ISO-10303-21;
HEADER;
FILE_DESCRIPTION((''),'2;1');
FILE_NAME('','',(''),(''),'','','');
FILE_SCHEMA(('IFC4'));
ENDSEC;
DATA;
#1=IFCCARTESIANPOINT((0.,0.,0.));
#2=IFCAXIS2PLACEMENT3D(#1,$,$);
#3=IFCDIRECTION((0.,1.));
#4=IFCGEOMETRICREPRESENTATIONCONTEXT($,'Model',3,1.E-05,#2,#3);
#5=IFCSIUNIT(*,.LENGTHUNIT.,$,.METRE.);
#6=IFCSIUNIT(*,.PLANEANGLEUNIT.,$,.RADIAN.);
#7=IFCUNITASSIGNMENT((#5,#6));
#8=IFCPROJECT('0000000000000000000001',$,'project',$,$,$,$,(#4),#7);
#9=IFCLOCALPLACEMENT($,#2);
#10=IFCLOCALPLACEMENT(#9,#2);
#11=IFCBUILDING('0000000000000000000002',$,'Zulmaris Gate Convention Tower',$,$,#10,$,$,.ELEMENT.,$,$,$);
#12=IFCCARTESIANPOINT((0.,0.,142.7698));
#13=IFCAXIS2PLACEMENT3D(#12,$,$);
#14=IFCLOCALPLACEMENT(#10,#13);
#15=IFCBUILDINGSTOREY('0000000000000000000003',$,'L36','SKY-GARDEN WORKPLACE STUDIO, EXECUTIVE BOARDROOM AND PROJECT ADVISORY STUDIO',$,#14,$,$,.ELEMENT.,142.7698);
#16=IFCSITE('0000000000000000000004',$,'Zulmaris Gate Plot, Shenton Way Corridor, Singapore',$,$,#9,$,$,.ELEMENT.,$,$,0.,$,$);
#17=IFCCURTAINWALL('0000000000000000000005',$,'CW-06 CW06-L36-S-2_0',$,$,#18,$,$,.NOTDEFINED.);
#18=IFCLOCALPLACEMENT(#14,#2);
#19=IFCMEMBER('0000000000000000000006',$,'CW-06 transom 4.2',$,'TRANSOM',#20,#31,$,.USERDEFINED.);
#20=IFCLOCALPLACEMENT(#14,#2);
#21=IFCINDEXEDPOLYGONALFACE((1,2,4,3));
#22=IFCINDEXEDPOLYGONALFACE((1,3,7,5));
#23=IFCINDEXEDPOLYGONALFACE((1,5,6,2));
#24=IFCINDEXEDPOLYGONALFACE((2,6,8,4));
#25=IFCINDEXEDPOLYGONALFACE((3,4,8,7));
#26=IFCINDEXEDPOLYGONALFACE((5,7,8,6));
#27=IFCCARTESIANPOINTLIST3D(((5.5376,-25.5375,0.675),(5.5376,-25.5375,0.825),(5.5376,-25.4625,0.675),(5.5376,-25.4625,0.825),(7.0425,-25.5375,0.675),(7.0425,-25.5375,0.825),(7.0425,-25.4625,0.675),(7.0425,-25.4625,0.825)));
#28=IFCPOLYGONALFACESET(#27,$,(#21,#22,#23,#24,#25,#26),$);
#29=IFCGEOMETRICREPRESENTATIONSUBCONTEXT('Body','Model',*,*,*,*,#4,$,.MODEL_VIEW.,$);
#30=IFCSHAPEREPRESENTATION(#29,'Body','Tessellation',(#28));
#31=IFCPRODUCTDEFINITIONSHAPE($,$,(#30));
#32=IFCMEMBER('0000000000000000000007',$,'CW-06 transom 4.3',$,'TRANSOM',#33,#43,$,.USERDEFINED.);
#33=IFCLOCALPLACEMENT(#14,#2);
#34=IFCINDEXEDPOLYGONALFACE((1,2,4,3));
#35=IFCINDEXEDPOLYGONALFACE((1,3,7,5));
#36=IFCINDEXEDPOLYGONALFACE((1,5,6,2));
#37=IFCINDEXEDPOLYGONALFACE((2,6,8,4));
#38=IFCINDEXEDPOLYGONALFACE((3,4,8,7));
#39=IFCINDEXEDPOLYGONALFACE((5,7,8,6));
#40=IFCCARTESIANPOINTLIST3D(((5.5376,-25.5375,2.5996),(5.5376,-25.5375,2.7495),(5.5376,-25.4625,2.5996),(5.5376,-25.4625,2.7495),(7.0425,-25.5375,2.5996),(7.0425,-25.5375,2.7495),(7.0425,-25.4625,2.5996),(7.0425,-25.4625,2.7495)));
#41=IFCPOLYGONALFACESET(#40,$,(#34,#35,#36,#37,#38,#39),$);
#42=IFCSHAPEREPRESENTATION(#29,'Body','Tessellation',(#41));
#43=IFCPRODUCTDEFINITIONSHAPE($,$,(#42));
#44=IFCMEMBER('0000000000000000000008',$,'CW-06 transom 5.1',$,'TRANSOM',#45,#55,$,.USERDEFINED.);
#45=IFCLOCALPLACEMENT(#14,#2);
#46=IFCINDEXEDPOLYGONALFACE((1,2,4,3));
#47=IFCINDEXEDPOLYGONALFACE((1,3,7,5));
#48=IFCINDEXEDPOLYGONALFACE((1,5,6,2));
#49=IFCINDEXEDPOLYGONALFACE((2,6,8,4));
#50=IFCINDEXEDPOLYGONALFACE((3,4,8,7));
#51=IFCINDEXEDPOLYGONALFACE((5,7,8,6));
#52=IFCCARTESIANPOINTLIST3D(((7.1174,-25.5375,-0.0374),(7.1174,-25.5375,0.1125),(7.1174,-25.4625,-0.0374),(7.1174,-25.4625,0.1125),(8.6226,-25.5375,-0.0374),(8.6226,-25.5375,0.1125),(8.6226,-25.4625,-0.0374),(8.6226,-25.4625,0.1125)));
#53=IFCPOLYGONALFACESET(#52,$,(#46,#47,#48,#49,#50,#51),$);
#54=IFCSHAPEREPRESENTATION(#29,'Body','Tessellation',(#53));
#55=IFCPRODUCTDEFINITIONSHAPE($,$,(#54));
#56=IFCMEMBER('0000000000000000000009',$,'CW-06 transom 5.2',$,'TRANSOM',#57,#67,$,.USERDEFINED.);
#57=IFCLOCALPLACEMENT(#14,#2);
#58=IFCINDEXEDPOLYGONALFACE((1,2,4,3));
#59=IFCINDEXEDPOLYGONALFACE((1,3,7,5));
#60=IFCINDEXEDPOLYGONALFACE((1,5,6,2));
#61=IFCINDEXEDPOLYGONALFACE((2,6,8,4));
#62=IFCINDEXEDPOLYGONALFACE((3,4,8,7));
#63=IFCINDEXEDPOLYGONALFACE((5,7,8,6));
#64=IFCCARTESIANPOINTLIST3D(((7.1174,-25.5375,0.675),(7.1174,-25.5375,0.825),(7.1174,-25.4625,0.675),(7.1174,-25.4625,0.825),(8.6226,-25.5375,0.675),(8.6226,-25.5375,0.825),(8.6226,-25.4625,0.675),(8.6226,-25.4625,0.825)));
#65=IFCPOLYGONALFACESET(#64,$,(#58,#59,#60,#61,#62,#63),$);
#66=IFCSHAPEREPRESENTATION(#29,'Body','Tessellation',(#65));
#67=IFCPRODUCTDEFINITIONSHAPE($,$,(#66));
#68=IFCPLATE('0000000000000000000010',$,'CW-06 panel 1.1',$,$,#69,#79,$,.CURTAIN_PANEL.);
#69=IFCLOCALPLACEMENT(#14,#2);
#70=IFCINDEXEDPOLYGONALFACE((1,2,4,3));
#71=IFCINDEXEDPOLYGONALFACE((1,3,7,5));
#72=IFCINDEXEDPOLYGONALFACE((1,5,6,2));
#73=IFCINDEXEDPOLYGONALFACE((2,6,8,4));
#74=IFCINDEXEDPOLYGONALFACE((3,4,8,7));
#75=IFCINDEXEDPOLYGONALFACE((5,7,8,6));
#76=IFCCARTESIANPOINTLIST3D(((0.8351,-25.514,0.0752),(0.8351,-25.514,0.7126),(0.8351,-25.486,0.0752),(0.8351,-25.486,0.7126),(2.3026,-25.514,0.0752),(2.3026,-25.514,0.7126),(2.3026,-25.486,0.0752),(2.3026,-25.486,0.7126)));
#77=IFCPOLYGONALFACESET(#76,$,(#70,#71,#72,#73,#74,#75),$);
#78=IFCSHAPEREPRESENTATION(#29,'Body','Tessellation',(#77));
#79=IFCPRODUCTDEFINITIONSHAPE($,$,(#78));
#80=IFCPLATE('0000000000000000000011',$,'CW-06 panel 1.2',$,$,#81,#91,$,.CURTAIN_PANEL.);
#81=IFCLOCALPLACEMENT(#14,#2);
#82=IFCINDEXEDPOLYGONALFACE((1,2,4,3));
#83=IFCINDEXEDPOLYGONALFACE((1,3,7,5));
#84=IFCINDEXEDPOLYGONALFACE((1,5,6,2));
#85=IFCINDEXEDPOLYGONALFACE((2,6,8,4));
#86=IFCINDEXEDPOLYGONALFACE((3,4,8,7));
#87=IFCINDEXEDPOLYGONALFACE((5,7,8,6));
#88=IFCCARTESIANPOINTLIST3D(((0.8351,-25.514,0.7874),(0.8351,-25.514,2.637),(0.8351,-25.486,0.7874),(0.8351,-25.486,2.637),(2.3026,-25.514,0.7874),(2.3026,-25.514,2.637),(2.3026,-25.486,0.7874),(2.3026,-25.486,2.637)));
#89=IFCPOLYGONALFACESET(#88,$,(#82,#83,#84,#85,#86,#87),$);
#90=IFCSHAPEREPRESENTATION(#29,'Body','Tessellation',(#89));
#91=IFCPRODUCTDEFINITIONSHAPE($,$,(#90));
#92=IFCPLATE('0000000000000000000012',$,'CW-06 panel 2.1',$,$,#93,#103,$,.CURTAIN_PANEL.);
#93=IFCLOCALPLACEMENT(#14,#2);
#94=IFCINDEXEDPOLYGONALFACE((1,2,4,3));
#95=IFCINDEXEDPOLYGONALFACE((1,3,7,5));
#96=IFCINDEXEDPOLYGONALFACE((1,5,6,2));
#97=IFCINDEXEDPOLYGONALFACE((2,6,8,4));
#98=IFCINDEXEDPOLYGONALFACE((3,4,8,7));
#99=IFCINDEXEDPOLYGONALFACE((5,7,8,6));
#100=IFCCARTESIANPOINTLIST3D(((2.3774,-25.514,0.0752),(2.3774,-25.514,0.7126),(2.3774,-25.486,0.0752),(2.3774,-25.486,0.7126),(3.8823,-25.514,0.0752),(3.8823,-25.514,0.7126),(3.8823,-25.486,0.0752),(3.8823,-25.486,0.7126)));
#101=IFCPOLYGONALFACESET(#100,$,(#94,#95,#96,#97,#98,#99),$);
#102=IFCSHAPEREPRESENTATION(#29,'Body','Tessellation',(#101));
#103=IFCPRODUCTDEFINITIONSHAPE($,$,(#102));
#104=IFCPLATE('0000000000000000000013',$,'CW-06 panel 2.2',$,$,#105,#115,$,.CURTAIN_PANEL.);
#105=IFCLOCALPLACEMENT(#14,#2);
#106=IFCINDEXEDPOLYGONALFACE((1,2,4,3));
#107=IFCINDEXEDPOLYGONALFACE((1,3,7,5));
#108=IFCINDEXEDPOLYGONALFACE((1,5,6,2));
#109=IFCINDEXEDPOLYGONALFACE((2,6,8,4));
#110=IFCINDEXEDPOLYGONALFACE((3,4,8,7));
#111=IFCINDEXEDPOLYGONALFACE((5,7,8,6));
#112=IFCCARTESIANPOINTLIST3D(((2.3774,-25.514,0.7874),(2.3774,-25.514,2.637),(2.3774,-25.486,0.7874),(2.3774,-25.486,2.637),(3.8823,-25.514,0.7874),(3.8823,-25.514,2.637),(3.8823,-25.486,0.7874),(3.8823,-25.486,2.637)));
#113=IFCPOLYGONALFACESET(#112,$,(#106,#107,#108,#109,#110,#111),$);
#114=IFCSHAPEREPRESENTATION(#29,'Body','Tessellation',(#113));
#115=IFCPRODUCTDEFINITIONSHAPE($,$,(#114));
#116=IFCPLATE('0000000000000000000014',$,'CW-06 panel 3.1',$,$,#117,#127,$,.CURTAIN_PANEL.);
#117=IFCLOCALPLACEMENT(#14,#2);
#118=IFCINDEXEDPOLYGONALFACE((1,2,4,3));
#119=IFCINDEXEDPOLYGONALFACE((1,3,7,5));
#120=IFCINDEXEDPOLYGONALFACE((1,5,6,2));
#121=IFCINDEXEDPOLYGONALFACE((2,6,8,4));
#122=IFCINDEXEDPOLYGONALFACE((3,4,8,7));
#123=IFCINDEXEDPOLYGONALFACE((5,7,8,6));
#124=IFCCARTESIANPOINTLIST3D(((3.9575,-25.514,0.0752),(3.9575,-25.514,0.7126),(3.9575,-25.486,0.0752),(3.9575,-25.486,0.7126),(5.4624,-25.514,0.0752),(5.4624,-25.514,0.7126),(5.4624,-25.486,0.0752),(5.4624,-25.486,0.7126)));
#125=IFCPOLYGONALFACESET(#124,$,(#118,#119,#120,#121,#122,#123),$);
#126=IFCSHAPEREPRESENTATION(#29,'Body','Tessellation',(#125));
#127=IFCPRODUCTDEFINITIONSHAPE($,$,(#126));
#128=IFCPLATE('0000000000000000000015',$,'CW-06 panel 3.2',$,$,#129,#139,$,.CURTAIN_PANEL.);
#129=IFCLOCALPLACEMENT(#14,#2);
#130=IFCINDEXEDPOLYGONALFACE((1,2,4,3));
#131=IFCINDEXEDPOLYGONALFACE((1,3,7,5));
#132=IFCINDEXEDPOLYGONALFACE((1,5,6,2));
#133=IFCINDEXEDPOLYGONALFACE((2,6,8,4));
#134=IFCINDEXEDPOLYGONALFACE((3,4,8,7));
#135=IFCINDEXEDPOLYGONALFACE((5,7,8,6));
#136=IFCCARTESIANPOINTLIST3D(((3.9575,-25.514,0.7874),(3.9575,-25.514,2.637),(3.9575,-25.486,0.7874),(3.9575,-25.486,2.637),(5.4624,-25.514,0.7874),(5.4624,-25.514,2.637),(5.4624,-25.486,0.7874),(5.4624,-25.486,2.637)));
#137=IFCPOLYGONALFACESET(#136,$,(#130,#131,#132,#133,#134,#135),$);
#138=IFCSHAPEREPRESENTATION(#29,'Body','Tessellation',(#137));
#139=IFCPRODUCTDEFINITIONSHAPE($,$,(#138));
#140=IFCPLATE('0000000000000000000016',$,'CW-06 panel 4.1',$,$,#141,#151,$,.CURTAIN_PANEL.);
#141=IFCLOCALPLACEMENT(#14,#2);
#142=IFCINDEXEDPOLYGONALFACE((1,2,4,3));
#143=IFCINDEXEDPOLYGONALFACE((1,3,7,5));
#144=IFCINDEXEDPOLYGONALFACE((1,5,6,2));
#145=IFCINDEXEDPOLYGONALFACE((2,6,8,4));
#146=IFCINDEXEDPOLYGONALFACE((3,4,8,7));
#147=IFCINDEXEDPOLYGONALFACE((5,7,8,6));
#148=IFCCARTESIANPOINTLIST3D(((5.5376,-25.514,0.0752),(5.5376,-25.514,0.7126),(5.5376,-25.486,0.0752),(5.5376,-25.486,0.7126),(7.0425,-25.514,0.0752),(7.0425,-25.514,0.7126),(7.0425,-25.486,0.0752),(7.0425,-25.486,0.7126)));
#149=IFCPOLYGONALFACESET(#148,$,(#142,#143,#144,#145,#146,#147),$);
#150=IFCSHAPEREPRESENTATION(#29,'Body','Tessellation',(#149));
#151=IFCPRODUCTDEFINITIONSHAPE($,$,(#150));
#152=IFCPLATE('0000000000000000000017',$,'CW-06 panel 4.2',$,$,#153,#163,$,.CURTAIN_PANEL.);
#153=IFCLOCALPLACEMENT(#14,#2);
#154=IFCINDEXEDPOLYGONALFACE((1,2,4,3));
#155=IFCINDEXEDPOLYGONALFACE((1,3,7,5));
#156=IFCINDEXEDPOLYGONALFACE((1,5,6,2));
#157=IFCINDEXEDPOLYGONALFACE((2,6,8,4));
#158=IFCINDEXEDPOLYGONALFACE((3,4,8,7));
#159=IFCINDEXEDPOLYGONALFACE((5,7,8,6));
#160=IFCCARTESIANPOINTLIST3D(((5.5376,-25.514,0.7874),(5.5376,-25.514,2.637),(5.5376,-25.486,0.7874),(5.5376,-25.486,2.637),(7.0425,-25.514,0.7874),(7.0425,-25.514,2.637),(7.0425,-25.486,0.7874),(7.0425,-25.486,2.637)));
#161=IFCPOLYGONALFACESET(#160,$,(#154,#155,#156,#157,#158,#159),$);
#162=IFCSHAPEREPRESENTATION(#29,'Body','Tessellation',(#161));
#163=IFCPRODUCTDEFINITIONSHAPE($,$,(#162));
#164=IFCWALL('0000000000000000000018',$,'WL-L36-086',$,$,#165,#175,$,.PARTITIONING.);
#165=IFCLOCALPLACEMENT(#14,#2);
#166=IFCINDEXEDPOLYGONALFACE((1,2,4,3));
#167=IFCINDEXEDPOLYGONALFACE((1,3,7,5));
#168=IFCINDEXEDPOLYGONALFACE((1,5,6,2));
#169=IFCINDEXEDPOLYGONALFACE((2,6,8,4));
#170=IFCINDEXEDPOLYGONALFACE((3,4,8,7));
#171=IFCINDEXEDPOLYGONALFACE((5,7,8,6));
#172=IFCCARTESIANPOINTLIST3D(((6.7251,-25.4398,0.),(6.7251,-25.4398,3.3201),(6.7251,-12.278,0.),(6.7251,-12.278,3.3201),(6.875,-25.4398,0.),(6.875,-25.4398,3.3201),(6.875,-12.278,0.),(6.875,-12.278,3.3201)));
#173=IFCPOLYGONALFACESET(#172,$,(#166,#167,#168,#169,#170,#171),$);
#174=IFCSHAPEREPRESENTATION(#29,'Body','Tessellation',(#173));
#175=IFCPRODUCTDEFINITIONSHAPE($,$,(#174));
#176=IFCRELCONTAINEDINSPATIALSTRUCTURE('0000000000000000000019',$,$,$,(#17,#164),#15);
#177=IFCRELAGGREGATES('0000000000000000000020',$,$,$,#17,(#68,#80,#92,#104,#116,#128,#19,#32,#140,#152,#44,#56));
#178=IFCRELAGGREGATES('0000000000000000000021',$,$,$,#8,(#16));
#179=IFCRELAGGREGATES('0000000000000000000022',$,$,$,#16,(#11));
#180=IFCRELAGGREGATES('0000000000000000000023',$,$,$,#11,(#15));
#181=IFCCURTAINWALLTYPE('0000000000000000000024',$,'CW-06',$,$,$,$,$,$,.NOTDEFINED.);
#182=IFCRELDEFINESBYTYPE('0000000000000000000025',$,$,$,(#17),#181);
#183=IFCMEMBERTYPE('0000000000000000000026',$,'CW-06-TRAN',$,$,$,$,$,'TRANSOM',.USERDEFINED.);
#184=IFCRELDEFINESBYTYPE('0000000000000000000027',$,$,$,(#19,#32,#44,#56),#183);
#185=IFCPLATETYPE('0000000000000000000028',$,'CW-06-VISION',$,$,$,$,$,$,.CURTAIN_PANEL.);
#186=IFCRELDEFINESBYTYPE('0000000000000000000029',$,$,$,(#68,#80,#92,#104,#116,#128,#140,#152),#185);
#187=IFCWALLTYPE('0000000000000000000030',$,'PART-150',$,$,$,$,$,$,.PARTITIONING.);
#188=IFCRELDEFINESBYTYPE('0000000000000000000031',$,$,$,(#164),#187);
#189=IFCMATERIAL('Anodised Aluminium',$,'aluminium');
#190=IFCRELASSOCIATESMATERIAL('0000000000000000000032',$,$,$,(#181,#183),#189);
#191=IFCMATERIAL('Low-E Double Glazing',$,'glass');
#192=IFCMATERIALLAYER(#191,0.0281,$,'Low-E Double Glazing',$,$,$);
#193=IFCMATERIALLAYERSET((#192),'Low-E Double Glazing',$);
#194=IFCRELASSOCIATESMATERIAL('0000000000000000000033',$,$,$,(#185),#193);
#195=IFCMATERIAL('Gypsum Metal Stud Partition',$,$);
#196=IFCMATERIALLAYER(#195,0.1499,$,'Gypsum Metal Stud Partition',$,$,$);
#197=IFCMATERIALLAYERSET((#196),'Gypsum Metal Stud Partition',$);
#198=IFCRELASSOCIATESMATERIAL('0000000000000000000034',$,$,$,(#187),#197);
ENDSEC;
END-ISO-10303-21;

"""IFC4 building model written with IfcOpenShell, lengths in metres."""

from ifc_helpers import new_model, si_unit, direction, frame, frame_2d, origin, origin_2d, place, context, subcontext, project, spatial, rectangle, extrude, material, layer, layer_set, material_profile, profile_set, type_object, element, aggregate, save


model = new_model("IFC4")

# Units and contexts
model_context = context("Model", 3, precision=1e-05, world=origin(), true_north=direction((0.0, 1.0)))
body_context = subcontext(model_context, "Body", "Model", "MODEL_VIEW")
ifc_project = project(units=[si_unit("LENGTHUNIT", "METRE"), si_unit("PLANEANGLEUNIT", "RADIAN")], contexts=[model_context])

# Site, building, storey
site_placement = place(None, origin())
site = spatial("IfcSite", under=ifc_project, at=site_placement, Name="Zulmaris Gate Plot, Shenton Way Corridor, Singapore", CompositionType="ELEMENT", RefElevation=0.0)
building_placement = place(site_placement, origin())
building = spatial("IfcBuilding", under=site, at=building_placement, Name="Zulmaris Gate Convention Tower", CompositionType="ELEMENT")
storey_placement = place(building_placement, frame((0.0, 0.0, 142.7698)))
storey = spatial("IfcBuildingStorey", under=building, at=storey_placement, Name="L36", Description="SKY-GARDEN WORKPLACE STUDIO, EXECUTIVE BOARDROOM AND PROJECT ADVISORY STUDIO", CompositionType="ELEMENT", Elevation=142.7698)

# Curtain wall, members, plates
ifc_material_1 = material(Name="Anodised Aluminium", Category="aluminium")
curtain_wall_type = type_object("IfcCurtainWallType", Name="CW-06", PredefinedType="NOTDEFINED", material=ifc_material_1)
curtain_wall_placement = place(storey_placement, origin())
curtain_wall = element("IfcCurtainWall", 1, at=curtain_wall_placement, inside=storey, type_object=curtain_wall_type, Name="CW-06 CW06-L36-S-2_0", PredefinedType="NOTDEFINED")
ifc_material_profile_1 = material_profile(ifc_material_1, rectangle(XDim=0.075, YDim=0.1499, at=origin_2d()), Name="ALU TRANSOM 75x150")
ifc_profile_set_1 = profile_set([ifc_material_profile_1], Name="Anodised Aluminium")
member_type_1 = type_object("IfcMemberType", Name="CW-06-TRAN", ElementType="TRANSOM", PredefinedType="USERDEFINED", material=ifc_profile_set_1)
member_1_placement = place(storey_placement, frame((5.5376, -25.5, 0.75), z_axis=(1.0, 0.0, 0.0), x_axis=(0.0, 1.0, 0.0)))
member_1 = element("IfcMember", 2, at=member_1_placement, type_object=member_type_1, Name="CW-06 transom 4.2", ObjectType="TRANSOM", PredefinedType="USERDEFINED", context=body_context, shape_type="SweptSolid", body=[
    extrude(rectangle(XDim=0.075, YDim=0.1499, at=origin_2d()), origin(), (0.0, 0.0, 1.0), 1.5049),
])
member_2_placement = place(storey_placement, frame((5.5376, -25.5, 2.6746), z_axis=(1.0, 0.0, 0.0), x_axis=(0.0, 1.0, 0.0)))
member_2 = element("IfcMember", 3, at=member_2_placement, type_object=member_type_1, Name="CW-06 transom 4.3", ObjectType="TRANSOM", PredefinedType="USERDEFINED", context=body_context, shape_type="SweptSolid", body=[
    extrude(rectangle(XDim=0.075, YDim=0.1499, at=origin_2d()), origin(), (0.0, 0.0, 1.0), 1.5049),
])
member_3_placement = place(storey_placement, frame((7.1174, -25.5, 0.0376), z_axis=(1.0, 0.0, 0.0), x_axis=(0.0, 1.0, 0.0)))
member_3 = element("IfcMember", 4, at=member_3_placement, type_object=member_type_1, Name="CW-06 transom 5.1", ObjectType="TRANSOM", PredefinedType="USERDEFINED", context=body_context, shape_type="SweptSolid", body=[
    extrude(rectangle(XDim=0.075, YDim=0.1499, at=origin_2d()), origin(), (0.0, 0.0, 1.0), 1.5051),
])
member_4_placement = place(storey_placement, frame((7.1174, -25.5, 0.75), z_axis=(1.0, 0.0, 0.0), x_axis=(0.0, 1.0, 0.0)))
member_4 = element("IfcMember", 5, at=member_4_placement, type_object=member_type_1, Name="CW-06 transom 5.2", ObjectType="TRANSOM", PredefinedType="USERDEFINED", context=body_context, shape_type="SweptSolid", body=[
    extrude(rectangle(XDim=0.075, YDim=0.1499, at=origin_2d()), origin(), (0.0, 0.0, 1.0), 1.5051),
])
ifc_material_2 = material(Name="Low-E Double Glazing", Category="glass")
ifc_layer_1 = layer(ifc_material_2, 0.0281, Name="Low-E Double Glazing")
ifc_layer_set_1 = layer_set([ifc_layer_1], Name="Low-E Double Glazing")
plate_type = type_object("IfcPlateType", Name="CW-06-VISION", PredefinedType="CURTAIN_PANEL", material=ifc_layer_set_1)
plate_1_placement = place(storey_placement, frame((1.5688, -25.5, 0.0752), z_axis=(0.0, 0.0, 1.0), x_axis=(1.0, 0.0, 0.0)))
plate_1 = element("IfcPlate", 6, at=plate_1_placement, type_object=plate_type, Name="CW-06 panel 1.1", PredefinedType="CURTAIN_PANEL", context=body_context, shape_type="SweptSolid", body=[
    extrude(rectangle(XDim=1.4675, YDim=0.0281, at=origin_2d()), origin(), (0.0, 0.0, 1.0), 0.6375),
])
plate_2_placement = place(storey_placement, frame((1.5688, -25.5, 0.7874), z_axis=(0.0, 0.0, 1.0), x_axis=(1.0, 0.0, 0.0)))
plate_2 = element("IfcPlate", 7, at=plate_2_placement, type_object=plate_type, Name="CW-06 panel 1.2", PredefinedType="CURTAIN_PANEL", context=body_context, shape_type="SweptSolid", body=[
    extrude(rectangle(XDim=1.4675, YDim=0.0281, at=origin_2d()), origin(), (0.0, 0.0, 1.0), 1.8496),
])
plate_3_placement = place(storey_placement, frame((3.1299, -25.5, 0.0752), z_axis=(0.0, 0.0, 1.0), x_axis=(1.0, 0.0, 0.0)))
plate_3 = element("IfcPlate", 8, at=plate_3_placement, type_object=plate_type, Name="CW-06 panel 2.1", PredefinedType="CURTAIN_PANEL", context=body_context, shape_type="SweptSolid", body=[
    extrude(rectangle(XDim=1.5049, YDim=0.0281, at=origin_2d()), origin(), (0.0, 0.0, 1.0), 0.6375),
])
plate_4_placement = place(storey_placement, frame((3.1299, -25.5, 0.7874), z_axis=(0.0, 0.0, 1.0), x_axis=(1.0, 0.0, 0.0)))
plate_4 = element("IfcPlate", 9, at=plate_4_placement, type_object=plate_type, Name="CW-06 panel 2.2", PredefinedType="CURTAIN_PANEL", context=body_context, shape_type="SweptSolid", body=[
    extrude(rectangle(XDim=1.5049, YDim=0.0281, at=origin_2d()), origin(), (0.0, 0.0, 1.0), 1.8496),
])
plate_5_placement = place(storey_placement, frame((4.71, -25.5, 0.0752), z_axis=(0.0, 0.0, 1.0), x_axis=(1.0, 0.0, 0.0)))
plate_5 = element("IfcPlate", 10, at=plate_5_placement, type_object=plate_type, Name="CW-06 panel 3.1", PredefinedType="CURTAIN_PANEL", context=body_context, shape_type="SweptSolid", body=[
    extrude(rectangle(XDim=1.5049, YDim=0.0281, at=origin_2d()), origin(), (0.0, 0.0, 1.0), 0.6375),
])
plate_6_placement = place(storey_placement, frame((4.71, -25.5, 0.7874), z_axis=(0.0, 0.0, 1.0), x_axis=(1.0, 0.0, 0.0)))
plate_6 = element("IfcPlate", 11, at=plate_6_placement, type_object=plate_type, Name="CW-06 panel 3.2", PredefinedType="CURTAIN_PANEL", context=body_context, shape_type="SweptSolid", body=[
    extrude(rectangle(XDim=1.5049, YDim=0.0281, at=origin_2d()), origin(), (0.0, 0.0, 1.0), 1.8496),
])
plate_7_placement = place(storey_placement, frame((6.29, -25.5, 0.0752), z_axis=(0.0, 0.0, 1.0), x_axis=(1.0, 0.0, 0.0)))
plate_7 = element("IfcPlate", 12, at=plate_7_placement, type_object=plate_type, Name="CW-06 panel 4.1", PredefinedType="CURTAIN_PANEL", context=body_context, shape_type="SweptSolid", body=[
    extrude(rectangle(XDim=1.5049, YDim=0.0281, at=origin_2d()), origin(), (0.0, 0.0, 1.0), 0.6375),
])
plate_8_placement = place(storey_placement, frame((6.29, -25.5, 0.7874), z_axis=(0.0, 0.0, 1.0), x_axis=(1.0, 0.0, 0.0)))
plate_8 = element("IfcPlate", 13, at=plate_8_placement, type_object=plate_type, Name="CW-06 panel 4.2", PredefinedType="CURTAIN_PANEL", context=body_context, shape_type="SweptSolid", body=[
    extrude(rectangle(XDim=1.5049, YDim=0.0281, at=origin_2d()), origin(), (0.0, 0.0, 1.0), 1.8496),
])
aggregate(curtain_wall, [plate_1, plate_2, plate_3, plate_4, plate_5, plate_6, member_1, member_2, plate_7, plate_8, member_3, member_4])

# Wall
ifc_material_3 = material(Name="Gypsum Metal Stud Partition")
ifc_layer_2 = layer(ifc_material_3, 0.1499, Name="Gypsum Metal Stud Partition")
ifc_layer_set_2 = layer_set([ifc_layer_2], Name="Gypsum Metal Stud Partition")
wall_type = type_object("IfcWallType", Name="PART-150", PredefinedType="PARTITIONING", material=ifc_layer_set_2)
wall_placement = place(storey_placement, frame((6.8, -25.4399, 0.0), z_axis=(0.0, 0.0, 1.0), x_axis=(0.0, 1.0, 0.0)))
element("IfcWall", 14, at=wall_placement, inside=storey, type_object=wall_type, Name="WL-L36-086", PredefinedType="PARTITIONING", context=body_context, shape_type="SweptSolid", body=[
    extrude(rectangle(XDim=13.1619, YDim=0.1499, at=frame_2d((6.5811, 0.0))), origin(), (0.0, 0.0, 1.0), 3.3201),
])

save(model, "model.ifc")
